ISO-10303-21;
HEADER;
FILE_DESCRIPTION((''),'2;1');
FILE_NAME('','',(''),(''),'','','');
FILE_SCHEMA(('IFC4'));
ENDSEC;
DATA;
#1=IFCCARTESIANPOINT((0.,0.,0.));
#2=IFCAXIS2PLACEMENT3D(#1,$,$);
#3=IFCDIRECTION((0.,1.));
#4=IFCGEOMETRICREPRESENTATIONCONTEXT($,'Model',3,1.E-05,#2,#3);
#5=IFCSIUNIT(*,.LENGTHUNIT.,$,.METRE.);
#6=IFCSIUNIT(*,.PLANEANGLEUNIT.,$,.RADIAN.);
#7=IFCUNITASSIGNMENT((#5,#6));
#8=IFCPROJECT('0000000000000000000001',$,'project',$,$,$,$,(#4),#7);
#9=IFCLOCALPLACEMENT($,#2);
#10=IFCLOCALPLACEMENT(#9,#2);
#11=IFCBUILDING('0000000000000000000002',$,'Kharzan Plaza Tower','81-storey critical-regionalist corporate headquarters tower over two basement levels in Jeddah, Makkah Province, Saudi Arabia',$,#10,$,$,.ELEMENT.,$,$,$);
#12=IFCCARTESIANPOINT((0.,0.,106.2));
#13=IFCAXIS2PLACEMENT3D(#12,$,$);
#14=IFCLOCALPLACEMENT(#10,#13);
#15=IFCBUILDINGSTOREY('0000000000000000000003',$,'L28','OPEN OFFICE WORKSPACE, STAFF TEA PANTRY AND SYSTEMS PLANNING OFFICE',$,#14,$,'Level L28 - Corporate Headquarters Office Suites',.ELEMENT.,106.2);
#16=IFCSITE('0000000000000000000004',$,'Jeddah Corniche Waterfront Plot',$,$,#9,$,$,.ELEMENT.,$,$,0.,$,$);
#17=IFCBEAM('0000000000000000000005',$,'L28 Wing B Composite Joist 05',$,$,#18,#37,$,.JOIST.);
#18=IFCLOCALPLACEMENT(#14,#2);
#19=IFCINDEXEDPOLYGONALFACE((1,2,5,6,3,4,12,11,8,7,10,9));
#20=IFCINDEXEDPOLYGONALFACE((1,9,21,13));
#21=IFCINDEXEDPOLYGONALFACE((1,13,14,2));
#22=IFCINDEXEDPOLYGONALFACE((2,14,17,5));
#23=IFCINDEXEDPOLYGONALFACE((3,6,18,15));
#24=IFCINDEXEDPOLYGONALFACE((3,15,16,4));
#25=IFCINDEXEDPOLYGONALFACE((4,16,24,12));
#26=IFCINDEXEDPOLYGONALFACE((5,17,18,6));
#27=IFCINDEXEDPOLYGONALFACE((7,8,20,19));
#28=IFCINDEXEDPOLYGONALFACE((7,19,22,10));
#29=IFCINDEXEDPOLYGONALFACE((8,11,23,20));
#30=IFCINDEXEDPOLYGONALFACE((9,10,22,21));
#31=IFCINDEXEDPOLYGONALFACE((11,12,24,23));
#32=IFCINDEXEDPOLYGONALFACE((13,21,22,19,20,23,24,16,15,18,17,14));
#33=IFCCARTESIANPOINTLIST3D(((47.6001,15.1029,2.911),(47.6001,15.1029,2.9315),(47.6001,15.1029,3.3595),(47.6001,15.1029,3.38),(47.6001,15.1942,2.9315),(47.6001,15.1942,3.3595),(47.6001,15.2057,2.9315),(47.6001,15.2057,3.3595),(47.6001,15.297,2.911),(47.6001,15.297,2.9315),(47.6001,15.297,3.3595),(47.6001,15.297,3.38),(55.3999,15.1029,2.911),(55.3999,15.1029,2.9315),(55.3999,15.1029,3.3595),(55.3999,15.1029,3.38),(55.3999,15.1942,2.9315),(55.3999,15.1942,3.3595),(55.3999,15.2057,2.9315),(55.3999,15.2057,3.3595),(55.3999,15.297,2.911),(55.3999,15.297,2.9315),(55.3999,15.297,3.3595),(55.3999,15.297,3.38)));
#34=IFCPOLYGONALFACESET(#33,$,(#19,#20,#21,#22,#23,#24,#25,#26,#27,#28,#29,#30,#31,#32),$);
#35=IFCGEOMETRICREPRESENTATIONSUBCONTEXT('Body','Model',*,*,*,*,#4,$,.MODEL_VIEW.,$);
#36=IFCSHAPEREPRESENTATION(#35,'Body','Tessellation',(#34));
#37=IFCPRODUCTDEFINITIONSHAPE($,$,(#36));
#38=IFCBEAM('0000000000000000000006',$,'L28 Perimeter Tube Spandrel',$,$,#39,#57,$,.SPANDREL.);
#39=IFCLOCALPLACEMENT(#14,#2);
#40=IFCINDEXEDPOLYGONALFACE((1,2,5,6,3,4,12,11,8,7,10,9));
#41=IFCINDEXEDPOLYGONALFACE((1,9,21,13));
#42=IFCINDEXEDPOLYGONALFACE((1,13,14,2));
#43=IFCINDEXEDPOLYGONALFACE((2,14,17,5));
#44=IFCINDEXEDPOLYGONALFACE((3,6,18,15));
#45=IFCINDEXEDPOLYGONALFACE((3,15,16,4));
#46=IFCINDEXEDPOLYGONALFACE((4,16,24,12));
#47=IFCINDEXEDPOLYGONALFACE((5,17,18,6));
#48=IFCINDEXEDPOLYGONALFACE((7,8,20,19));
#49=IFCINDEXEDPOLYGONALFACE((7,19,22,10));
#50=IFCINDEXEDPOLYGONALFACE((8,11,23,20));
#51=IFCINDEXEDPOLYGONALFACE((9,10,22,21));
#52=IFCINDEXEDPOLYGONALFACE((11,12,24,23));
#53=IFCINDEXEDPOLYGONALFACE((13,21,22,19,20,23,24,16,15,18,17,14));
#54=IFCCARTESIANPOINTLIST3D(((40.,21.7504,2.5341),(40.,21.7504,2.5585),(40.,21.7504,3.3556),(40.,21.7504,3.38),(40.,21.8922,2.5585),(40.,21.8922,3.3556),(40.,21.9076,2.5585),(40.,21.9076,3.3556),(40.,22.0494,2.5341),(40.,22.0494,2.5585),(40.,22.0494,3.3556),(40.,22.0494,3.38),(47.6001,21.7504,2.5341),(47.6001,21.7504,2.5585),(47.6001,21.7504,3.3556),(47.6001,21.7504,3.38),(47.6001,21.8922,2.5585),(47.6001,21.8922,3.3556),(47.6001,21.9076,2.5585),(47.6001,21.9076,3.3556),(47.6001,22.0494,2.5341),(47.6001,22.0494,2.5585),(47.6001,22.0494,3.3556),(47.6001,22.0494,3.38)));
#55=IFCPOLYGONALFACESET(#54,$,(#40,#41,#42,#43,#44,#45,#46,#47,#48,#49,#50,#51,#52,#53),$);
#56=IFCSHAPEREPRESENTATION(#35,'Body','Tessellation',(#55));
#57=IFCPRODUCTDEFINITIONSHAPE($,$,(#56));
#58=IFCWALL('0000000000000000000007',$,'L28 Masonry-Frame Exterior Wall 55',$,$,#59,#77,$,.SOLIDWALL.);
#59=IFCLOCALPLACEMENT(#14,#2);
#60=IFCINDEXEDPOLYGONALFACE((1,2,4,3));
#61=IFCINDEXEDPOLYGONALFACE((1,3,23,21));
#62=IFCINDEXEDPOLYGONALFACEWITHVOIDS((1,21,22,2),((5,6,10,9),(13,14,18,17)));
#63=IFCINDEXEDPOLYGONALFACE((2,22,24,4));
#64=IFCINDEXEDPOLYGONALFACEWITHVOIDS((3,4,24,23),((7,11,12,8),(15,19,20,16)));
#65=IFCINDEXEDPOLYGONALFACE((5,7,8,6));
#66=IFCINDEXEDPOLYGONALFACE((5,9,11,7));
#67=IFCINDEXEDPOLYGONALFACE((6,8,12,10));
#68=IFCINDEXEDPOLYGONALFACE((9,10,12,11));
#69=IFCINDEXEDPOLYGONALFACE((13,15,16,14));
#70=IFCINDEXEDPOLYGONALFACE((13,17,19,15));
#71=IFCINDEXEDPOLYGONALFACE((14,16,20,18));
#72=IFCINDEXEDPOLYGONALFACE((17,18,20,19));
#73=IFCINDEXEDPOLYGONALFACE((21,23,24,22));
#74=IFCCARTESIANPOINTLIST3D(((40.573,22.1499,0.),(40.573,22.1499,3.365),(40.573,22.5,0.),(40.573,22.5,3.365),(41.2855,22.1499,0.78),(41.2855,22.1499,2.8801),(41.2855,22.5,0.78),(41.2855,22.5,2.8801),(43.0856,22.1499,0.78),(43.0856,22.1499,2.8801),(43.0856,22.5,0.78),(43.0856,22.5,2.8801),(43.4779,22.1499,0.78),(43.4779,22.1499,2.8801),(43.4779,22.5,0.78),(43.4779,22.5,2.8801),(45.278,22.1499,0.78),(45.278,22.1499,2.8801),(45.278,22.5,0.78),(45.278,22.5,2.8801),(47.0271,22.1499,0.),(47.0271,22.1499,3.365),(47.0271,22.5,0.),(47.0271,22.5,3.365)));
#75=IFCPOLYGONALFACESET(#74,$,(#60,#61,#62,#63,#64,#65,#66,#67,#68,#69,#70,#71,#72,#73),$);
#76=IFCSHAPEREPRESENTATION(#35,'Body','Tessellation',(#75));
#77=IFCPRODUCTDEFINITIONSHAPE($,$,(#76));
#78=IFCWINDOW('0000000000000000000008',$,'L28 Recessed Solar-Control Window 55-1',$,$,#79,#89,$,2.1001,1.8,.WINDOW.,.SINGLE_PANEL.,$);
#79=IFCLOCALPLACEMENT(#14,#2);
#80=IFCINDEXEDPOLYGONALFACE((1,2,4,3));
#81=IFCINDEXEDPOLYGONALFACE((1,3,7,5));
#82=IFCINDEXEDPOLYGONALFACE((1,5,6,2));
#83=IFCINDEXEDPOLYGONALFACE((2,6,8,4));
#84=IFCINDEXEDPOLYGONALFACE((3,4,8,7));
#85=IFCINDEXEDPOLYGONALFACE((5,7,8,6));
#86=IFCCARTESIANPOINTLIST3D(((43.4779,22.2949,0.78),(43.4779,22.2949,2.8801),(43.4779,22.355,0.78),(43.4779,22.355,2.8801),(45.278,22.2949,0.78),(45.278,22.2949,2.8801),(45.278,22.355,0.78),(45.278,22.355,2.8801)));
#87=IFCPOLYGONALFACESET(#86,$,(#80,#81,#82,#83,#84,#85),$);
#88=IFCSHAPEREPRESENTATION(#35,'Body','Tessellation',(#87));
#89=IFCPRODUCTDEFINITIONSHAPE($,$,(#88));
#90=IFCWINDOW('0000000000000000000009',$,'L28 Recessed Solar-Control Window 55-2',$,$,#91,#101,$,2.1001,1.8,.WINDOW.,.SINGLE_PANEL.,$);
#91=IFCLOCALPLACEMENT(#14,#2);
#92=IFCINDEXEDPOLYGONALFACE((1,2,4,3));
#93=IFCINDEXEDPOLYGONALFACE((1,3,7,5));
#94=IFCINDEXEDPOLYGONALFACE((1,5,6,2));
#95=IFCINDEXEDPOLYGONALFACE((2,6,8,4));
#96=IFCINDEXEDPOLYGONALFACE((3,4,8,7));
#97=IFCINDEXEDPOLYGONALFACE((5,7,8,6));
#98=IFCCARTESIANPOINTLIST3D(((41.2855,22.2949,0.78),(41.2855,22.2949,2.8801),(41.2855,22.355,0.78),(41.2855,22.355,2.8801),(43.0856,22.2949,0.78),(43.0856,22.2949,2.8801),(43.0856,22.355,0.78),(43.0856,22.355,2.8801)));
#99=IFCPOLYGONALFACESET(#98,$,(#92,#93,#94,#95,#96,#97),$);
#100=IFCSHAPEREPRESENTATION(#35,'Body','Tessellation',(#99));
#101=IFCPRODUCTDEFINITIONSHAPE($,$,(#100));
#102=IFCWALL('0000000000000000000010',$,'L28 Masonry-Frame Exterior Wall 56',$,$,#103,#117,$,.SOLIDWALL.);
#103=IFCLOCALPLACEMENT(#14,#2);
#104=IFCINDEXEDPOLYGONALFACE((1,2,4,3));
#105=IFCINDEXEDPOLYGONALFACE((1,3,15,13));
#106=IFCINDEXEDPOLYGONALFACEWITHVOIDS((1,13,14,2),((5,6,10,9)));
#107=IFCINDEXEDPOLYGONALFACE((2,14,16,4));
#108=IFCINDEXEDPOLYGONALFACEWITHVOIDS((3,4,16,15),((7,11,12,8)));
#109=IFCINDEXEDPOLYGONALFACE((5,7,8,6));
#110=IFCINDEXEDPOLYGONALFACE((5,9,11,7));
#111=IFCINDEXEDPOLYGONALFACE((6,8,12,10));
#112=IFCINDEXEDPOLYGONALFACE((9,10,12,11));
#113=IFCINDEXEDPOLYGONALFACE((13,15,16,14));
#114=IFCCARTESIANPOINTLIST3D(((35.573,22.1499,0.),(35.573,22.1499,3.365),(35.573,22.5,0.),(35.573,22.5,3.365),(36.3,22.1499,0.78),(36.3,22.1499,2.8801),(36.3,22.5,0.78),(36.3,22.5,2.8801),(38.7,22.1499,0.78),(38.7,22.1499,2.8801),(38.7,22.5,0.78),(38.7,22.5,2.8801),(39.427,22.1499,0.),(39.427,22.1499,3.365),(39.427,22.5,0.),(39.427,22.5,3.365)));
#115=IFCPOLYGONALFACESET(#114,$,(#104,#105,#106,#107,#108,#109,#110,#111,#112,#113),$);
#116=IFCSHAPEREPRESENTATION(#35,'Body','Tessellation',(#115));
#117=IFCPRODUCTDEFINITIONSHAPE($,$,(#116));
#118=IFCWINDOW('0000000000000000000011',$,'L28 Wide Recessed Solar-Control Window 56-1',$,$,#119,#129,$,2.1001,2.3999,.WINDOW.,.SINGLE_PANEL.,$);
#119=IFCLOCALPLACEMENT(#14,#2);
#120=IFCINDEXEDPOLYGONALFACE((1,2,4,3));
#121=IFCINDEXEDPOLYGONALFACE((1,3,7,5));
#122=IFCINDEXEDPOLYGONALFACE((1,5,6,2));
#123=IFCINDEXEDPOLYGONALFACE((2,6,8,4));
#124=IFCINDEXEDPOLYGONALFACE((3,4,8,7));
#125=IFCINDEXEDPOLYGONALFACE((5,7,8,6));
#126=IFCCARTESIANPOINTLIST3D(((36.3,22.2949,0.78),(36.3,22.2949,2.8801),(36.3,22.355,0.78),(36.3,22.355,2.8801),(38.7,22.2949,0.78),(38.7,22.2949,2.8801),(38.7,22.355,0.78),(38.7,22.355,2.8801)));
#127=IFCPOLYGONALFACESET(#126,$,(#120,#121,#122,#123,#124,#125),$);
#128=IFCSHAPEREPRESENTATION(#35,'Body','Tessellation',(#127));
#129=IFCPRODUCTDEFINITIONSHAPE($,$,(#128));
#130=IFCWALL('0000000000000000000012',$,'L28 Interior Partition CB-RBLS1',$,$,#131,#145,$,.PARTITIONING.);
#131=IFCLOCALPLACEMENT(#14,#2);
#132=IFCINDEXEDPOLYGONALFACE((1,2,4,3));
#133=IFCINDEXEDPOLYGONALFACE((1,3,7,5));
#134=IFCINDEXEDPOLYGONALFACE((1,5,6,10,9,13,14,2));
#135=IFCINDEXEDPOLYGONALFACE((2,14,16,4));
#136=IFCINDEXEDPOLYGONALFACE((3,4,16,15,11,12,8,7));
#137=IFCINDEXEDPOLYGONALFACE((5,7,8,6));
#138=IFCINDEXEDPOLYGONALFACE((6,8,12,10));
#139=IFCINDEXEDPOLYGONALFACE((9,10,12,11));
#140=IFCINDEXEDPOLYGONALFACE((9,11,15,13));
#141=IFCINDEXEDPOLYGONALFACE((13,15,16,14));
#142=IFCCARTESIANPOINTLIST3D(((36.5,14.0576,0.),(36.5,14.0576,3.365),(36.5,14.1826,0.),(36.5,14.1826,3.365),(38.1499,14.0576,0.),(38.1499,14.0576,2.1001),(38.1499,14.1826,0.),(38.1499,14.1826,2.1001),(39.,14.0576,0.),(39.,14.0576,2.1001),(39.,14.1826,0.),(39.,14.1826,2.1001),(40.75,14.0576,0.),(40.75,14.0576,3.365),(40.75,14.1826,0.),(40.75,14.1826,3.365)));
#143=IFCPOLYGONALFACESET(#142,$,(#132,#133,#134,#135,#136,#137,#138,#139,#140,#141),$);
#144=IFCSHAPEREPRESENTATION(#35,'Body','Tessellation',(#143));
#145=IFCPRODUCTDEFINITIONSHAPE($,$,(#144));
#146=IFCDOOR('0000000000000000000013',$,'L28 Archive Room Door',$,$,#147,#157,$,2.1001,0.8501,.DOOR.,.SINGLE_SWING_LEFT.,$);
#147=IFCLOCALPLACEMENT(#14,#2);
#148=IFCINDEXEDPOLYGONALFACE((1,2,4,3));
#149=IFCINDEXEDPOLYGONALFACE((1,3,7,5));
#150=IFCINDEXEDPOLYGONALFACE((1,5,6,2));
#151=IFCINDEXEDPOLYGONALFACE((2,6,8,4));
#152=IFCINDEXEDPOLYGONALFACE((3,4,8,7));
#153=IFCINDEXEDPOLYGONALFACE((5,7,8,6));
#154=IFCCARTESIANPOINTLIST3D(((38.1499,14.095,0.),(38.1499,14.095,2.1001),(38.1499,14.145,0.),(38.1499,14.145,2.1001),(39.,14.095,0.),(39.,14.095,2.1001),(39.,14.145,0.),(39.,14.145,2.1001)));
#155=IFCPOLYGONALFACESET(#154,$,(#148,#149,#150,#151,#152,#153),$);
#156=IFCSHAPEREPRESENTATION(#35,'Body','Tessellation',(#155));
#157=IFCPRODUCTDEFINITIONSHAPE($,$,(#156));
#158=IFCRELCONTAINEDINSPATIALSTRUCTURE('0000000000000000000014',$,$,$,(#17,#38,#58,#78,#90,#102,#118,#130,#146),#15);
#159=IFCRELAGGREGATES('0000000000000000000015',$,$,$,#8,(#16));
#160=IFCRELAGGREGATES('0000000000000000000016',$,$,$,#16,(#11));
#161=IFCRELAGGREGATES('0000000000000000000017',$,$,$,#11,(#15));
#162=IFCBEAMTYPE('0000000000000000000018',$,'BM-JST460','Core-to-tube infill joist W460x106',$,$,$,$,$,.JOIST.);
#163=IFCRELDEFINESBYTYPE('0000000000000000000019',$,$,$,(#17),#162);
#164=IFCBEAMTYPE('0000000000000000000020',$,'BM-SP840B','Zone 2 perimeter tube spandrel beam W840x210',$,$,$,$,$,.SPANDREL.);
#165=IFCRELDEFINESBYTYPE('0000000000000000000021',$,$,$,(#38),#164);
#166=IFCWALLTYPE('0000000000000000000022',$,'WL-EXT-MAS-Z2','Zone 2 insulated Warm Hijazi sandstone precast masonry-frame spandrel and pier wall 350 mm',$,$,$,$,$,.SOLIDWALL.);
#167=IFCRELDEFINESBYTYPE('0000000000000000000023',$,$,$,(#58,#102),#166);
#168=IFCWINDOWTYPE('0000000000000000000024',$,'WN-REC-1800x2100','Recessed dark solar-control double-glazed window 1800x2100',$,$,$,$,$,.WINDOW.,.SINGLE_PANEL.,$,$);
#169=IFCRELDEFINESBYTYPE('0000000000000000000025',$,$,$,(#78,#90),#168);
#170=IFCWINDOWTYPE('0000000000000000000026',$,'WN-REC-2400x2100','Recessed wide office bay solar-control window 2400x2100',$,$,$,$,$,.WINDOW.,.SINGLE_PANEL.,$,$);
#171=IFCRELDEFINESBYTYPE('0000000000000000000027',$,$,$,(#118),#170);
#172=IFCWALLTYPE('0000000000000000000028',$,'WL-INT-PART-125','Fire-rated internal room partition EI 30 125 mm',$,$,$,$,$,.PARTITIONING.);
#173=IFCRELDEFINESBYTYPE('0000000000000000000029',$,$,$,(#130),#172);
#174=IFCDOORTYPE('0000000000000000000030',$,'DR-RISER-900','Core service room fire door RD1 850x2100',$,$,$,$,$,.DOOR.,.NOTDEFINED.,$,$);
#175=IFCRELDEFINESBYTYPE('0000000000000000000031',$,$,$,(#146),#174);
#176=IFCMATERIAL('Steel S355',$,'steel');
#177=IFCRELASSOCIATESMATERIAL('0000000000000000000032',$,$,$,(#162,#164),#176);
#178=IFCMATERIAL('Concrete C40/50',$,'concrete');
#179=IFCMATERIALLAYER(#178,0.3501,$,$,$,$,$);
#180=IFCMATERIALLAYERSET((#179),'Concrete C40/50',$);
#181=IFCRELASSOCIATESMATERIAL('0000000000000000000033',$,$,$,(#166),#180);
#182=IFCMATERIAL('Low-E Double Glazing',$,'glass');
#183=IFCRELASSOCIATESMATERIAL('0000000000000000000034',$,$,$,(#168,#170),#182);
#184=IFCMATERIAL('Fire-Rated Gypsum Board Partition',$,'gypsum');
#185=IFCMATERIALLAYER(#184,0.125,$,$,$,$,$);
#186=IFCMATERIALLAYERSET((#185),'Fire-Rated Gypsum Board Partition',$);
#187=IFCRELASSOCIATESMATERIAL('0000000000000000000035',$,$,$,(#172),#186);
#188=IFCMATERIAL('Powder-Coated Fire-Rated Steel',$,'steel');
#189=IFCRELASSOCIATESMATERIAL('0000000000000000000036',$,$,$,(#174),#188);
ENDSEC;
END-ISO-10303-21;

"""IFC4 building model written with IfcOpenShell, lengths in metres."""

from ifc_helpers import new_model, si_unit, direction, frame, frame_2d, origin, origin_2d, place, context, subcontext, project, spatial, rectangle, i_section, extrude, source, transform, mapped, material, layer, layer_set, material_profile, profile_set, type_object, element, fill, save


model = new_model("IFC4")

# Units and contexts
model_context = context("Model", 3, precision=1e-05, world=origin(), true_north=direction((0.0, 1.0)))
body_context = subcontext(model_context, "Body", "Model", "MODEL_VIEW")
ifc_project = project(units=[si_unit("LENGTHUNIT", "METRE"), si_unit("PLANEANGLEUNIT", "RADIAN")], contexts=[model_context])

# Site, building, storey
site_placement = place(None, origin())
site = spatial("IfcSite", under=ifc_project, at=site_placement, Name="Jeddah Corniche Waterfront Plot", CompositionType="ELEMENT", RefElevation=0.0)
building_placement = place(site_placement, origin())
building = spatial("IfcBuilding", under=site, at=building_placement, Name="Kharzan Plaza Tower", Description="81-storey critical-regionalist corporate headquarters tower over two basement levels in Jeddah, Makkah Province, Saudi Arabia", CompositionType="ELEMENT")
storey_placement = place(building_placement, frame((0.0, 0.0, 106.2)))
storey = spatial("IfcBuildingStorey", under=building, at=storey_placement, Name="L28", Description="OPEN OFFICE WORKSPACE, STAFF TEA PANTRY AND SYSTEMS PLANNING OFFICE", LongName="Level L28 - Corporate Headquarters Office Suites", CompositionType="ELEMENT", Elevation=106.2)

# Beams
ifc_material_1 = material(Name="Steel S355", Category="steel")
ifc_material_profile_1 = material_profile(ifc_material_1, i_section(OverallWidth=0.1941, OverallDepth=0.469, WebThickness=0.0115, FlangeThickness=0.0205, at=origin_2d()), Name="W460x106")
ifc_profile_set_1 = profile_set([ifc_material_profile_1], Name="Steel S355")
beam_type_1 = type_object("IfcBeamType", Name="BM-JST460", Description="Core-to-tube infill joist W460x106", PredefinedType="JOIST", material=ifc_profile_set_1)
shared_shape_1 = source(origin(), body_context, "Body", "SweptSolid", [
    extrude(i_section(OverallWidth=0.1941, OverallDepth=0.469, WebThickness=0.0115, FlangeThickness=0.0205, at=origin_2d()), origin(), (0.0, 0.0, 1.0), 7.7998),
])
beam_1_placement = place(storey_placement, frame((47.6001, 15.2, 3.1455), z_axis=(1.0, 0.0, 0.0), x_axis=(0.0, 1.0, 0.0)))
element("IfcBeam", 1, at=beam_1_placement, inside=storey, type_object=beam_type_1, Name="L28 Wing B Composite Joist 05", PredefinedType="JOIST", context=body_context, shape_type="MappedRepresentation", body=[
    mapped(shared_shape_1, transform((0.0, 0.0, 0.0), x_axis=(1.0, 0.0, 0.0), y_axis=(0.0, 1.0, 0.0), z_axis=(0.0, 0.0, 1.0))),
])
ifc_material_profile_2 = material_profile(ifc_material_1, i_section(OverallWidth=0.2991, OverallDepth=0.8459, WebThickness=0.0154, FlangeThickness=0.0244, at=origin_2d()), Name="W840x210")
ifc_profile_set_2 = profile_set([ifc_material_profile_2], Name="Steel S355")
beam_type_2 = type_object("IfcBeamType", Name="BM-SP840B", Description="Zone 2 perimeter tube spandrel beam W840x210", PredefinedType="SPANDREL", material=ifc_profile_set_2)
shared_shape_2 = source(origin(), body_context, "Body", "SweptSolid", [
    extrude(i_section(OverallWidth=0.2991, OverallDepth=0.8459, WebThickness=0.0154, FlangeThickness=0.0244, at=origin_2d()), origin(), (0.0, 0.0, 1.0), 7.6001),
])
beam_2_placement = place(storey_placement, frame((40.0, 21.8999, 2.957), z_axis=(1.0, 0.0, 0.0), x_axis=(0.0, 1.0, 0.0)))
element("IfcBeam", 2, at=beam_2_placement, inside=storey, type_object=beam_type_2, Name="L28 Perimeter Tube Spandrel", PredefinedType="SPANDREL", context=body_context, shape_type="MappedRepresentation", body=[
    mapped(shared_shape_2, transform((0.0, 0.0, 0.0), x_axis=(1.0, 0.0, 0.0), y_axis=(0.0, 1.0, 0.0), z_axis=(0.0, 0.0, 1.0))),
])

# Wall, openings, windows
ifc_material_2 = material(Name="Concrete C40/50", Category="concrete")
ifc_layer_1 = layer(ifc_material_2, 0.3501)
ifc_layer_set_1 = layer_set([ifc_layer_1], Name="Concrete C40/50")
wall_type_1 = type_object("IfcWallType", Name="WL-EXT-MAS-Z2", Description="Zone 2 insulated Warm Hijazi sandstone precast masonry-frame spandrel and pier wall 350 mm", PredefinedType="SOLIDWALL", material=ifc_layer_set_1)
wall_1_placement = place(storey_placement, frame((47.0271, 22.325, 0.0), z_axis=(0.0, 0.0, 1.0), x_axis=(-1.0, 0.0, 0.0)))
wall_1 = element("IfcWall", 3, at=wall_1_placement, inside=storey, type_object=wall_type_1, Name="L28 Masonry-Frame Exterior Wall 55", PredefinedType="SOLIDWALL", context=body_context, shape_type="SweptSolid", body=[
    extrude(rectangle(XDim=6.4541, YDim=0.3501, at=frame_2d((3.2271, 0.0))), origin(), (0.0, 0.0, 1.0), 3.365),
])
opening_1_placement = place(wall_1_placement, frame((1.7493, 0.0, 0.78)))
opening_1 = element("IfcOpeningElement", 4, at=opening_1_placement, cuts=wall_1, PredefinedType="OPENING", context=body_context, shape_type="SweptSolid", body=[
    extrude(rectangle(XDim=1.8, YDim=2.1001, at=frame_2d((0.8999, 1.05))), frame((0.0, 0.1851, 0.0), z_axis=(0.0, -1.0, 0.0), x_axis=(1.0, 0.0, 0.0)), (0.0, 0.0, 1.0), 0.3701),
])
opening_2_placement = place(wall_1_placement, frame((3.9417, 0.0, 0.78)))
opening_2 = element("IfcOpeningElement", 5, at=opening_2_placement, cuts=wall_1, PredefinedType="OPENING", context=body_context, shape_type="SweptSolid", body=[
    extrude(rectangle(XDim=1.8, YDim=2.1001, at=frame_2d((0.8999, 1.05))), frame((0.0, 0.1851, 0.0), z_axis=(0.0, -1.0, 0.0), x_axis=(1.0, 0.0, 0.0)), (0.0, 0.0, 1.0), 0.3701),
])
ifc_material_3 = material(Name="Low-E Double Glazing", Category="glass")
window_type_1 = type_object("IfcWindowType", Name="WN-REC-1800x2100", Description="Recessed dark solar-control double-glazed window 1800x2100", PartitioningType="SINGLE_PANEL", PredefinedType="WINDOW", material=ifc_material_3)
shared_shape_3 = source(origin(), body_context, "Body", "SweptSolid", [
    extrude(rectangle(XDim=1.8, YDim=2.1001, at=frame_2d((0.8999, 1.05))), frame((0.0, 0.03, 0.0), z_axis=(0.0, -1.0, 0.0), x_axis=(1.0, 0.0, 0.0)), (0.0, 0.0, 1.0), 0.0601),
])
window_1_placement = place(opening_1_placement, origin())
window_1 = element("IfcWindow", 6, at=window_1_placement, inside=storey, type_object=window_type_1, Name="L28 Recessed Solar-Control Window 55-1", OverallHeight=2.1001, OverallWidth=1.8, PartitioningType="SINGLE_PANEL", PredefinedType="WINDOW", context=body_context, shape_type="MappedRepresentation", body=[
    mapped(shared_shape_3, transform((0.0, 0.0, 0.0), x_axis=(1.0, 0.0, 0.0), y_axis=(0.0, 1.0, 0.0), z_axis=(0.0, 0.0, 1.0))),
])
fill(opening_1, window_1)
window_2_placement = place(opening_2_placement, origin())
window_2 = element("IfcWindow", 7, at=window_2_placement, inside=storey, type_object=window_type_1, Name="L28 Recessed Solar-Control Window 55-2", OverallHeight=2.1001, OverallWidth=1.8, PartitioningType="SINGLE_PANEL", PredefinedType="WINDOW", context=body_context, shape_type="MappedRepresentation", body=[
    mapped(shared_shape_3, transform((0.0, 0.0, 0.0), x_axis=(1.0, 0.0, 0.0), y_axis=(0.0, 1.0, 0.0), z_axis=(0.0, 0.0, 1.0))),
])
fill(opening_2, window_2)

# Wall, opening, window
wall_2_placement = place(storey_placement, frame((39.427, 22.325, 0.0), z_axis=(0.0, 0.0, 1.0), x_axis=(-1.0, 0.0, 0.0)))
wall_2 = element("IfcWall", 8, at=wall_2_placement, inside=storey, type_object=wall_type_1, Name="L28 Masonry-Frame Exterior Wall 56", PredefinedType="SOLIDWALL", context=body_context, shape_type="SweptSolid", body=[
    extrude(rectangle(XDim=3.854, YDim=0.3501, at=frame_2d((1.927, 0.0))), origin(), (0.0, 0.0, 1.0), 3.365),
])
opening_3_placement = place(wall_2_placement, frame((0.7271, 0.0, 0.78)))
opening_3 = element("IfcOpeningElement", 9, at=opening_3_placement, cuts=wall_2, PredefinedType="OPENING", context=body_context, shape_type="SweptSolid", body=[
    extrude(rectangle(XDim=2.3999, YDim=2.1001, at=frame_2d((1.2, 1.05))), frame((0.0, 0.1851, 0.0), z_axis=(0.0, -1.0, 0.0), x_axis=(1.0, 0.0, 0.0)), (0.0, 0.0, 1.0), 0.3701),
])
window_type_2 = type_object("IfcWindowType", Name="WN-REC-2400x2100", Description="Recessed wide office bay solar-control window 2400x2100", PartitioningType="SINGLE_PANEL", PredefinedType="WINDOW", material=ifc_material_3)
shared_shape_4 = source(origin(), body_context, "Body", "SweptSolid", [
    extrude(rectangle(XDim=2.3999, YDim=2.1001, at=frame_2d((1.2, 1.05))), frame((0.0, 0.03, 0.0), z_axis=(0.0, -1.0, 0.0), x_axis=(1.0, 0.0, 0.0)), (0.0, 0.0, 1.0), 0.0601),
])
window_3_placement = place(opening_3_placement, origin())
window_3 = element("IfcWindow", 10, at=window_3_placement, inside=storey, type_object=window_type_2, Name="L28 Wide Recessed Solar-Control Window 56-1", OverallHeight=2.1001, OverallWidth=2.3999, PartitioningType="SINGLE_PANEL", PredefinedType="WINDOW", context=body_context, shape_type="MappedRepresentation", body=[
    mapped(shared_shape_4, transform((0.0, 0.0, 0.0), x_axis=(1.0, 0.0, 0.0), y_axis=(0.0, 1.0, 0.0), z_axis=(0.0, 0.0, 1.0))),
])
fill(opening_3, window_3)

# Wall, opening, door
ifc_material_4 = material(Name="Fire-Rated Gypsum Board Partition", Category="gypsum")
ifc_layer_2 = layer(ifc_material_4, 0.125)
ifc_layer_set_2 = layer_set([ifc_layer_2], Name="Fire-Rated Gypsum Board Partition")
wall_type_2 = type_object("IfcWallType", Name="WL-INT-PART-125", Description="Fire-rated internal room partition EI 30 125 mm", PredefinedType="PARTITIONING", material=ifc_layer_set_2)
wall_3_placement = place(storey_placement, frame((36.5, 14.1201, 0.0), z_axis=(0.0, 0.0, 1.0), x_axis=(1.0, 0.0, 0.0)))
wall_3 = element("IfcWall", 11, at=wall_3_placement, inside=storey, type_object=wall_type_2, Name="L28 Interior Partition CB-RBLS1", PredefinedType="PARTITIONING", context=body_context, shape_type="SweptSolid", body=[
    extrude(rectangle(XDim=4.25, YDim=0.125, at=frame_2d((2.125, 0.0))), origin(), (0.0, 0.0, 1.0), 3.365),
])
opening_4_placement = place(wall_3_placement, frame((1.6499, 0.0, 0.0)))
opening_4 = element("IfcOpeningElement", 12, at=opening_4_placement, cuts=wall_3, PredefinedType="OPENING", context=body_context, shape_type="SweptSolid", body=[
    extrude(rectangle(XDim=0.8501, YDim=2.1001, at=frame_2d((0.425, 1.05))), frame((0.0, 0.0725, 0.0), z_axis=(0.0, -1.0, 0.0), x_axis=(1.0, 0.0, 0.0)), (0.0, 0.0, 1.0), 0.145),
])
ifc_material_5 = material(Name="Powder-Coated Fire-Rated Steel", Category="steel")
door_type_1 = type_object("IfcDoorType", Name="DR-RISER-900", Description="Core service room fire door RD1 850x2100", OperationType="NOTDEFINED", PredefinedType="DOOR", material=ifc_material_5)
shared_shape_5 = source(origin(), body_context, "Body", "SweptSolid", [
    extrude(rectangle(XDim=0.8501, YDim=2.1001, at=frame_2d((0.425, 1.05))), frame((0.0, 0.0249, 0.0), z_axis=(0.0, -1.0, 0.0), x_axis=(1.0, 0.0, 0.0)), (0.0, 0.0, 1.0), 0.05),
])
door_1_placement = place(opening_4_placement, origin())
door_1 = element("IfcDoor", 13, at=door_1_placement, inside=storey, type_object=door_type_1, Name="L28 Archive Room Door", OperationType="SINGLE_SWING_LEFT", OverallHeight=2.1001, OverallWidth=0.8501, PredefinedType="DOOR", context=body_context, shape_type="MappedRepresentation", body=[
    mapped(shared_shape_5, transform((0.0, 0.0, 0.0), x_axis=(1.0, 0.0, 0.0), y_axis=(0.0, 1.0, 0.0), z_axis=(0.0, 0.0, 1.0))),
])
fill(opening_4, door_1)

save(model, "model.ifc")
